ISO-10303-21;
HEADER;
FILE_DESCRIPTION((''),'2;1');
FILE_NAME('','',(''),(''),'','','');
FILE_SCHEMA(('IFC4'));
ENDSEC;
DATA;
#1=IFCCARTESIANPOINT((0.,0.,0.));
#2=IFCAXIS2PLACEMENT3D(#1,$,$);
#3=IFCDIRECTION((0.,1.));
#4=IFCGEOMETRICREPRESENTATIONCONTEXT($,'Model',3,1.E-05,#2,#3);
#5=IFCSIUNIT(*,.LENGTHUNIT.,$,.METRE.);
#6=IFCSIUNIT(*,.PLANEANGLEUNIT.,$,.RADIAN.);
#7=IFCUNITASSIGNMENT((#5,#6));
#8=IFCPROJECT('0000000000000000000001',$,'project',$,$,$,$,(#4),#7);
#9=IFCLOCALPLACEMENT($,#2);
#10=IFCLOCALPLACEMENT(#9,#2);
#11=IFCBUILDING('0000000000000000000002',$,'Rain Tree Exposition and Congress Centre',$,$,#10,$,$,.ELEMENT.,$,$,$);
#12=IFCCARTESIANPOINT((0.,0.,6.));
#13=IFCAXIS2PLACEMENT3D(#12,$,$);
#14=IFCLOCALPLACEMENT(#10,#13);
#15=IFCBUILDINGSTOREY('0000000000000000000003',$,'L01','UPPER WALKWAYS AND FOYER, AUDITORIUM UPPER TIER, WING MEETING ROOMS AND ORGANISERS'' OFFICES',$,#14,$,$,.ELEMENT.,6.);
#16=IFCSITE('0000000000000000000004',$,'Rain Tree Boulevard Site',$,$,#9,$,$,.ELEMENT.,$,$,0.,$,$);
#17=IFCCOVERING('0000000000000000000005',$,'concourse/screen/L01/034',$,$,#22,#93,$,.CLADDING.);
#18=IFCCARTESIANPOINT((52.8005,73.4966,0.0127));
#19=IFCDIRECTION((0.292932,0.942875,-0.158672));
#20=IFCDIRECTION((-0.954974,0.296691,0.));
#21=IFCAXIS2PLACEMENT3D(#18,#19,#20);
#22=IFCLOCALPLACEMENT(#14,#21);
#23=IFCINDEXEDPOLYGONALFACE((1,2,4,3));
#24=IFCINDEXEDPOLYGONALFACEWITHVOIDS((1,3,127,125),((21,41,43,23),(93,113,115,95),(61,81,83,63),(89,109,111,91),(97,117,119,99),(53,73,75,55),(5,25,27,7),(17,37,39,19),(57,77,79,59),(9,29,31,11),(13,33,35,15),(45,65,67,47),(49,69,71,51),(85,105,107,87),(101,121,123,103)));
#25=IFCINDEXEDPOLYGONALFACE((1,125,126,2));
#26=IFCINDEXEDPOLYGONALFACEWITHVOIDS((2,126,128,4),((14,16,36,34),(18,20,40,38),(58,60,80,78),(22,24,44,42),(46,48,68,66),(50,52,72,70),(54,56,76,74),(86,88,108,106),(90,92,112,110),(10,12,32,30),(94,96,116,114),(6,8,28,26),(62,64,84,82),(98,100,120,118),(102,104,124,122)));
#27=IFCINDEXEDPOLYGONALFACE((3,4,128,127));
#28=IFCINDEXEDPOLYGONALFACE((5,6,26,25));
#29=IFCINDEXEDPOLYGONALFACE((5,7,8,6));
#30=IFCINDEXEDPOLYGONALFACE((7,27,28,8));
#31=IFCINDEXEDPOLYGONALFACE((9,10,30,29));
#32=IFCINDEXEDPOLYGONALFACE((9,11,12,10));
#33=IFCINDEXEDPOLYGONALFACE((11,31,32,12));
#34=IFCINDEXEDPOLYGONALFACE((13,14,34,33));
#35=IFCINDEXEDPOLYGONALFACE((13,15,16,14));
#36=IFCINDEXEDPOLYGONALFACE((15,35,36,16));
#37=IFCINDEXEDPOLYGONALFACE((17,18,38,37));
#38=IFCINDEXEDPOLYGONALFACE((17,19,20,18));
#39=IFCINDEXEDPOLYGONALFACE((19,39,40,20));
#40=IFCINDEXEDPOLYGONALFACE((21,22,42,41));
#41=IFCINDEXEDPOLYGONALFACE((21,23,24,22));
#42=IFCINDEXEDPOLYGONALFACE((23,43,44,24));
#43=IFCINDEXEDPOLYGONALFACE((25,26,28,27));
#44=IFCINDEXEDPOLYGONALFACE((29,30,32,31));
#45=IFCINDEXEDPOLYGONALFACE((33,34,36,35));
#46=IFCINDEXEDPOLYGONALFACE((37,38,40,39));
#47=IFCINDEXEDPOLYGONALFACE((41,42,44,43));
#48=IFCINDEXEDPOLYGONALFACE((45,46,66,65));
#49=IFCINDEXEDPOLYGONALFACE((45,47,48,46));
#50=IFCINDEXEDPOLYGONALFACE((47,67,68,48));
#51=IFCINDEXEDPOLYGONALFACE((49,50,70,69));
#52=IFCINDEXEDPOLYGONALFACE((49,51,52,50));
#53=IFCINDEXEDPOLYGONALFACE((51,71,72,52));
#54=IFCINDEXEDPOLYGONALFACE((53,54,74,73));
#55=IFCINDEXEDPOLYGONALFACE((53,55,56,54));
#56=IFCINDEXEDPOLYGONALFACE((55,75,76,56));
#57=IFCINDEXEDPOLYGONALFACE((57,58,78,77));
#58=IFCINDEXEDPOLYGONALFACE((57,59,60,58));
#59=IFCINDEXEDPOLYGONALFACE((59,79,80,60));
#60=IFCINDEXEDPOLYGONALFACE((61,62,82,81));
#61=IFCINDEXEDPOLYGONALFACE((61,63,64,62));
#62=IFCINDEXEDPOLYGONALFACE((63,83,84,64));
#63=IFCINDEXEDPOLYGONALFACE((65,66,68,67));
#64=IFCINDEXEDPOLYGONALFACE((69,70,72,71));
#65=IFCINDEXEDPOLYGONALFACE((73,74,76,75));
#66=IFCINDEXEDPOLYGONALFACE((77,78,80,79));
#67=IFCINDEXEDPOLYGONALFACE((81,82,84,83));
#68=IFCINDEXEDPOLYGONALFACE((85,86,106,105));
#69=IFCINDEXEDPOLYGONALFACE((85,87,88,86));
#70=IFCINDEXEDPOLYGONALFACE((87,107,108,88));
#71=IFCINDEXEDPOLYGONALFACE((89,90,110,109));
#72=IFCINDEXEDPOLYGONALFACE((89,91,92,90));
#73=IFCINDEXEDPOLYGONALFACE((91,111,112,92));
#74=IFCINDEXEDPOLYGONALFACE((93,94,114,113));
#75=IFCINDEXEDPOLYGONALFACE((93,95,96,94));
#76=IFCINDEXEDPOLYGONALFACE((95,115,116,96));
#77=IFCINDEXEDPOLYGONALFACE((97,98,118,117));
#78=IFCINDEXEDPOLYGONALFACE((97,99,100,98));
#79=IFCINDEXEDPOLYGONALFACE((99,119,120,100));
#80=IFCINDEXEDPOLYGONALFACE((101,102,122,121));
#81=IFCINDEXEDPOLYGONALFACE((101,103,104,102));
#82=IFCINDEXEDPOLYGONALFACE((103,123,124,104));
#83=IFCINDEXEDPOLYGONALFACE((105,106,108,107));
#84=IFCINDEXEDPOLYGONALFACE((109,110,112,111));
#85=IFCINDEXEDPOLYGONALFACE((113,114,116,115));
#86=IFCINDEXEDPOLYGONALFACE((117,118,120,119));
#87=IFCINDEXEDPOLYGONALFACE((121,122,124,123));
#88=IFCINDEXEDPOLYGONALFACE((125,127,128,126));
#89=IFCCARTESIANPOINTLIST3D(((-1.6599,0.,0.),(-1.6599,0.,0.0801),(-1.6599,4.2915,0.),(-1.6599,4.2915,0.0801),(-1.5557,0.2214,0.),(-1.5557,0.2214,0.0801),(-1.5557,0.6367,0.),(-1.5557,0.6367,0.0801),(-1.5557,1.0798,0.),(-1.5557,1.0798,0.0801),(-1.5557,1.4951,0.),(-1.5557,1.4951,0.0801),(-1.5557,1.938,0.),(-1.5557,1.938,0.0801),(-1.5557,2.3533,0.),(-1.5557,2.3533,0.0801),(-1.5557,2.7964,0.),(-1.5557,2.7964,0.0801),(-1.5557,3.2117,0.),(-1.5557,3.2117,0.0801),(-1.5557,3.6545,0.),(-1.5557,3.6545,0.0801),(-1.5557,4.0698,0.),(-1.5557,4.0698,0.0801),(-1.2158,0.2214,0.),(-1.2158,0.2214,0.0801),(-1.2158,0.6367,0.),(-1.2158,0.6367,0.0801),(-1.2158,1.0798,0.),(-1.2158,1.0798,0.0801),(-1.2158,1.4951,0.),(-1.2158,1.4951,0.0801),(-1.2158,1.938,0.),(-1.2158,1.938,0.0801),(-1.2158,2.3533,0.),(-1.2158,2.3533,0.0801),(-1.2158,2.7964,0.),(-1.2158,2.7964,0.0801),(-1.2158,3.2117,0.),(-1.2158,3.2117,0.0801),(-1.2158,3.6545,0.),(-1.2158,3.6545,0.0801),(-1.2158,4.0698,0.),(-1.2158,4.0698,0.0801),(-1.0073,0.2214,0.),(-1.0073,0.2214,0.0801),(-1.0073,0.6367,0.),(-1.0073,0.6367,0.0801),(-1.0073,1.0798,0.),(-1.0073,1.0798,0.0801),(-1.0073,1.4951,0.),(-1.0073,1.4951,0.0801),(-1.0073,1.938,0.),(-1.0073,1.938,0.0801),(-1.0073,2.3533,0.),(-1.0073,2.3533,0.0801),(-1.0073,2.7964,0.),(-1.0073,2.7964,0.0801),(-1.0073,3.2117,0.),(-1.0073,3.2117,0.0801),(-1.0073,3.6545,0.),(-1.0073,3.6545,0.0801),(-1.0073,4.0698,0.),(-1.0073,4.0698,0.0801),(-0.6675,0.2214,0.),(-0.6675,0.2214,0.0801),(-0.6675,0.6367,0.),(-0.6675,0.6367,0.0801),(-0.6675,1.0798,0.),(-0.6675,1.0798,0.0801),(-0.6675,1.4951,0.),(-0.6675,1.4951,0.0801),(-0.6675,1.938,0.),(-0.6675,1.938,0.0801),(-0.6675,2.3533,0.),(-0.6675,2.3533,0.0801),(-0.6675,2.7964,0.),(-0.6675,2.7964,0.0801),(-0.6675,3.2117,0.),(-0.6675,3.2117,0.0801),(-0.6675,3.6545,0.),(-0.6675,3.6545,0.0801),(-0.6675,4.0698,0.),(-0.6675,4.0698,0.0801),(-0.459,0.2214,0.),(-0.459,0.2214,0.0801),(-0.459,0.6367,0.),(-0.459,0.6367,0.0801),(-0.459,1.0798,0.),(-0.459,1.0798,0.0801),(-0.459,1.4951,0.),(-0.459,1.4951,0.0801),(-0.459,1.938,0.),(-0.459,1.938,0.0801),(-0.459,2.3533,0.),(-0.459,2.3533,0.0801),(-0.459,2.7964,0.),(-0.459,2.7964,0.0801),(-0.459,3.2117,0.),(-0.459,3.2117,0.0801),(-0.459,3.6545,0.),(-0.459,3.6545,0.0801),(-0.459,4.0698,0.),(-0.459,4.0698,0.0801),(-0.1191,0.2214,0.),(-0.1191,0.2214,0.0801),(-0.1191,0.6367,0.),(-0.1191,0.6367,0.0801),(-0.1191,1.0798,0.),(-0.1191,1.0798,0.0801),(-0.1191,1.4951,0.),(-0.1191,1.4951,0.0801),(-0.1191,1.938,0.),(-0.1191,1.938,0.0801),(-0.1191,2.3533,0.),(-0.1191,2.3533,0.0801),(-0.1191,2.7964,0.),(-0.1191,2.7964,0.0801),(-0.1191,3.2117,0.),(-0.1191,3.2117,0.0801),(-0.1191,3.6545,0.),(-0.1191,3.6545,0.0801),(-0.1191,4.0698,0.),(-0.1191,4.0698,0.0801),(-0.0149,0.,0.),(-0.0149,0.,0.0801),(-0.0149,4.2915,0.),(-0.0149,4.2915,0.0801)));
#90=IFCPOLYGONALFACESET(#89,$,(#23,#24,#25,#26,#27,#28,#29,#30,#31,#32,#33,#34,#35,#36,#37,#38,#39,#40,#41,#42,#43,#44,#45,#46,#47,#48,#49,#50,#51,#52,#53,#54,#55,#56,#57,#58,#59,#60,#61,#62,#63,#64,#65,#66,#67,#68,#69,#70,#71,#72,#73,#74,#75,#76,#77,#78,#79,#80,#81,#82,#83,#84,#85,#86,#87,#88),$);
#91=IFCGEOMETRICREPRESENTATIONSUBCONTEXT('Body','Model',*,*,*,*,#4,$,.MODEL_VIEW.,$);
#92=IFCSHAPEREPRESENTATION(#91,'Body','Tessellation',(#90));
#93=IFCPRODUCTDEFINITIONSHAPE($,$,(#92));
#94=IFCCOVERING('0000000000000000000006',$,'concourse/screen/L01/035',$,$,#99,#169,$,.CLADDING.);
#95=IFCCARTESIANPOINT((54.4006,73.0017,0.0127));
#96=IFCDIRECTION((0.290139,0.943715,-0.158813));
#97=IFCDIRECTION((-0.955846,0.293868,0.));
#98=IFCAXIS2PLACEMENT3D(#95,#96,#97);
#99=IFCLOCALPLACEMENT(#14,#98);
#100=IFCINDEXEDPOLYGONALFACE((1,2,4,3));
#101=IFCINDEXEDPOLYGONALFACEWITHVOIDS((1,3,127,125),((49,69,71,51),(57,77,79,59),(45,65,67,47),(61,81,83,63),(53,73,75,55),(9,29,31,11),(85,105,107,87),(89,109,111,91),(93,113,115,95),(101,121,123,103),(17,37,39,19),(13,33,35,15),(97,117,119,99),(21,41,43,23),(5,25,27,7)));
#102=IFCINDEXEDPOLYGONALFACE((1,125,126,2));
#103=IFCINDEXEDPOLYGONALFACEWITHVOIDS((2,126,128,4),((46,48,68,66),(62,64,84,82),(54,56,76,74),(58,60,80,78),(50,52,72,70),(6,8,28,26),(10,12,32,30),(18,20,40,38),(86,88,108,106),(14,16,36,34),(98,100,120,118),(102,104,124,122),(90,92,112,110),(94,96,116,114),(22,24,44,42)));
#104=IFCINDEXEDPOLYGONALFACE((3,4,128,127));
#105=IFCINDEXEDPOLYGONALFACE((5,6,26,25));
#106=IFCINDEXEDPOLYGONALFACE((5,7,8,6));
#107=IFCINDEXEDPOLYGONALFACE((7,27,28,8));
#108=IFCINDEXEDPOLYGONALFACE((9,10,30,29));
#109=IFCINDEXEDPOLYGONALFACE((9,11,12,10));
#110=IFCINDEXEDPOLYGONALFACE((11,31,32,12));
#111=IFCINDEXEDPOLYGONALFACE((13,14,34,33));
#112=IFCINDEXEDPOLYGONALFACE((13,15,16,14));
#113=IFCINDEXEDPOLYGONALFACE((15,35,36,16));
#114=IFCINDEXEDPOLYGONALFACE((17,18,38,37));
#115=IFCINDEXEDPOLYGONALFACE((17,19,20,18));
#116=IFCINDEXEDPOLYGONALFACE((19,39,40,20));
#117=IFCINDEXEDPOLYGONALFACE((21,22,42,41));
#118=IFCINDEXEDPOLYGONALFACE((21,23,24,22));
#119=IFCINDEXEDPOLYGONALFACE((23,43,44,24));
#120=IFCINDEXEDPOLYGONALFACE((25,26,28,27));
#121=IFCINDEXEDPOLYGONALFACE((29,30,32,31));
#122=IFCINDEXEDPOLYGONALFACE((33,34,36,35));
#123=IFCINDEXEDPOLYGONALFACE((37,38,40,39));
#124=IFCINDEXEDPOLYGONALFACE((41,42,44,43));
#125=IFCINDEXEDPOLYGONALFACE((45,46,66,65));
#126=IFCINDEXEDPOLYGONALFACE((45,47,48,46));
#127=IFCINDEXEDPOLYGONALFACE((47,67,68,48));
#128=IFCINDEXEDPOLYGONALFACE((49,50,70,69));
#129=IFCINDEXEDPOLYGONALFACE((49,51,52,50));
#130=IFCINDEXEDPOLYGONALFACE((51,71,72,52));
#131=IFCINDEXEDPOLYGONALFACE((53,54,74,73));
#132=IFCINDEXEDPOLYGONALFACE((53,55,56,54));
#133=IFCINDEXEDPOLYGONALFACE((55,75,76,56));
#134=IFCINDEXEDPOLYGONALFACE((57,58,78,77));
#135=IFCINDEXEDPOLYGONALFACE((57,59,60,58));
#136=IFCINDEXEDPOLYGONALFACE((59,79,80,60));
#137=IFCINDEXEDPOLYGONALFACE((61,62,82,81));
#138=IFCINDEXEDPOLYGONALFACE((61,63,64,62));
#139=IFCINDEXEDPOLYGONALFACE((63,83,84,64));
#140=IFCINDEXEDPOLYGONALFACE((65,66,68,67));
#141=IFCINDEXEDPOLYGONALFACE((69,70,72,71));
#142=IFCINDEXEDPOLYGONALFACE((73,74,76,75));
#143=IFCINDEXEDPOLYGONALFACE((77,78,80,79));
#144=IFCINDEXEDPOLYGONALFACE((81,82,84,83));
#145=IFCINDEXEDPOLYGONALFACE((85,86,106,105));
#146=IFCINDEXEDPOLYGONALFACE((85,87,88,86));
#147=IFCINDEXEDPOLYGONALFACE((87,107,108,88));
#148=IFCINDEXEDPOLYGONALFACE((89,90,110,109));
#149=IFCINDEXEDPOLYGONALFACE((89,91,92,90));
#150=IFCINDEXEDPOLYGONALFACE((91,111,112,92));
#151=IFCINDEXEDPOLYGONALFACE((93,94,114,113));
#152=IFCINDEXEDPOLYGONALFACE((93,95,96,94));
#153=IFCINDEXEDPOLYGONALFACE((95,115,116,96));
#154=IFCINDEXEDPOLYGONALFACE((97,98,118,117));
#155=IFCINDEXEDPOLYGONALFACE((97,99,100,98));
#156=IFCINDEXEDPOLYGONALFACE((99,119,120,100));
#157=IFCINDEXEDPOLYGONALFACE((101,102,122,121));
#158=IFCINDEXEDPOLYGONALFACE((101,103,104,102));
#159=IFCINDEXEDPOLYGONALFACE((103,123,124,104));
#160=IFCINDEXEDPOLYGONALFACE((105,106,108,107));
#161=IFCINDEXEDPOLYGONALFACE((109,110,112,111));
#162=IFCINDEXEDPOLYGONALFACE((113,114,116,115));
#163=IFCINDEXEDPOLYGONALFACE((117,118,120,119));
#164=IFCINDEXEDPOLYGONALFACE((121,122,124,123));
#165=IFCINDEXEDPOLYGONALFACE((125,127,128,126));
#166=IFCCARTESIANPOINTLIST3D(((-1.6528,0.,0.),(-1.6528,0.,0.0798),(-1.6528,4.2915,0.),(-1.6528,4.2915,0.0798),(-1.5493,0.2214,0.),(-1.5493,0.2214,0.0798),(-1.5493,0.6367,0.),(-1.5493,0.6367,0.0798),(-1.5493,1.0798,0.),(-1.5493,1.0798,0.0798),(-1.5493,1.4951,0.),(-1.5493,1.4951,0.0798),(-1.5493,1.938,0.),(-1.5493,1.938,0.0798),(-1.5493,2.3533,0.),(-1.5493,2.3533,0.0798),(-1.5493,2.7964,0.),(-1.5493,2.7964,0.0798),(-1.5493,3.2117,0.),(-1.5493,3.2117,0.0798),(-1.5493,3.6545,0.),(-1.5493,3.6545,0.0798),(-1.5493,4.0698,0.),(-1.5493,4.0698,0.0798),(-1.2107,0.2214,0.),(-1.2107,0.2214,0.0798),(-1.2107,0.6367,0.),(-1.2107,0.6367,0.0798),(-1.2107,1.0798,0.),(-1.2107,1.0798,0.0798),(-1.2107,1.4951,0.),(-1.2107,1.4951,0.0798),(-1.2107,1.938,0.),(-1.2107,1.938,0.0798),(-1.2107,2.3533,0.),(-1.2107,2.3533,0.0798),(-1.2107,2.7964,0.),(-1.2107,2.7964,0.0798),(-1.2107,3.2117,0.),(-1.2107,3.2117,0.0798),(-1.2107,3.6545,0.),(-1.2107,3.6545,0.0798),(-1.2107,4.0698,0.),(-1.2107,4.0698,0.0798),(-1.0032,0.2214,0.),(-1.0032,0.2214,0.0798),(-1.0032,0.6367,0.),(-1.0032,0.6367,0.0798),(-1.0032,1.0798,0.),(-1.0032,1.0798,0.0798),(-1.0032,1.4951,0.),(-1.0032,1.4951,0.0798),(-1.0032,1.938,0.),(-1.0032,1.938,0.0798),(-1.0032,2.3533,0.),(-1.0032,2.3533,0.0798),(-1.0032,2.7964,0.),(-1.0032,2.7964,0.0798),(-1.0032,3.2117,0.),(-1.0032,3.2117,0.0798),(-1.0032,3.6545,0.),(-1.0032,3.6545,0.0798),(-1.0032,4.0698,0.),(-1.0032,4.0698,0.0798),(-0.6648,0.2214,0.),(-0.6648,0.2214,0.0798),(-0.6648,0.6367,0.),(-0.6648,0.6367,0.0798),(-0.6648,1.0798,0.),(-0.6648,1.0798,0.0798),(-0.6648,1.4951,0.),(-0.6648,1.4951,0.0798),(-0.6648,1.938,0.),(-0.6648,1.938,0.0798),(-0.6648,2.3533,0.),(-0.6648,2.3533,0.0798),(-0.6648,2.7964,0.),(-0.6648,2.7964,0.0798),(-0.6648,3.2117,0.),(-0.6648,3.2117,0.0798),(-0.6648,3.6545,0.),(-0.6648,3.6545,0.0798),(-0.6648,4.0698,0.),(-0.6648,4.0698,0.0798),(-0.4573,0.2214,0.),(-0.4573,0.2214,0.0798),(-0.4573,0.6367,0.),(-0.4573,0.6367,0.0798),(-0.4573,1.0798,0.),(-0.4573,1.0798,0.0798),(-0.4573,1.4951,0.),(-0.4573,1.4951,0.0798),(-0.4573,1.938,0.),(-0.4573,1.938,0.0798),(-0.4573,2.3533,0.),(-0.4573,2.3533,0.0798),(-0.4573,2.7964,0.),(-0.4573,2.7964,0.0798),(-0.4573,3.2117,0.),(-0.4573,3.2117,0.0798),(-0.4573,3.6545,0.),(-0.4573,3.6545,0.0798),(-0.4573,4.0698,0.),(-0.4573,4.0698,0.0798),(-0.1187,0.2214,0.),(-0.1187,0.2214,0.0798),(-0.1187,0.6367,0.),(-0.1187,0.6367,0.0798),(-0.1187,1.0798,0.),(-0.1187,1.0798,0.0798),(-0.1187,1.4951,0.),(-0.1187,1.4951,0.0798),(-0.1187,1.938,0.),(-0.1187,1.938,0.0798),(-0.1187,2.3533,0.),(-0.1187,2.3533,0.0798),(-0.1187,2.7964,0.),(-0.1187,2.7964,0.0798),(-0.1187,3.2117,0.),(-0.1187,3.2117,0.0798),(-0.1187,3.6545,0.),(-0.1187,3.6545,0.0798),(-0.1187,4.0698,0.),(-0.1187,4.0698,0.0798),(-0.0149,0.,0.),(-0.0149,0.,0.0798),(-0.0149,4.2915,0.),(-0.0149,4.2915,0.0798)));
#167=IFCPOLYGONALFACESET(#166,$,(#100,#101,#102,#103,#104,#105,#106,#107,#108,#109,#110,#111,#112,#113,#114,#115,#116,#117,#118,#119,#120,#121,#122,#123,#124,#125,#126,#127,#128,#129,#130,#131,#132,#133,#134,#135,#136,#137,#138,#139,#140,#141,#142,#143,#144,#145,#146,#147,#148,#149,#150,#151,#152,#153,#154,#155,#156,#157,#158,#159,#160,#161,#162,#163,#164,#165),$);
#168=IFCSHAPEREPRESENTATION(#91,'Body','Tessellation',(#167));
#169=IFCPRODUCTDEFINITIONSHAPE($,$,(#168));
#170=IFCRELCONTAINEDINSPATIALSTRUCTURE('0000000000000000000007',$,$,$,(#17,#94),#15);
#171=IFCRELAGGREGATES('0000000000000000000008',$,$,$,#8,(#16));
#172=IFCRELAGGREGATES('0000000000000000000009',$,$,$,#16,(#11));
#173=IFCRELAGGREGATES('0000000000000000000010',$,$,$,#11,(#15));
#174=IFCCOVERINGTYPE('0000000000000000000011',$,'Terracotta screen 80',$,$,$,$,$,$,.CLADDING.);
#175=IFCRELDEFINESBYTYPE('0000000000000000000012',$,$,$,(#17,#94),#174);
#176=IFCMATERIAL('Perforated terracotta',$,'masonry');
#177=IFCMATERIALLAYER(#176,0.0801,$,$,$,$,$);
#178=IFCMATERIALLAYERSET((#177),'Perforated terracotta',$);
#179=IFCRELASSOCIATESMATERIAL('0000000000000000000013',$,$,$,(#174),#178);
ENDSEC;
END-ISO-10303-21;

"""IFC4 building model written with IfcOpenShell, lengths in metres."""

from ifc_helpers import new_model, si_unit, direction, frame, origin, place, context, subcontext, project, spatial, polyline, outline, extrude, material, layer, layer_set, type_object, element, save


model = new_model("IFC4")

# Units and contexts
model_context = context("Model", 3, precision=1e-05, world=origin(), true_north=direction((0.0, 1.0)))
body_context = subcontext(model_context, "Body", "Model", "MODEL_VIEW")
ifc_project = project(units=[si_unit("LENGTHUNIT", "METRE"), si_unit("PLANEANGLEUNIT", "RADIAN")], contexts=[model_context])

# Site, building, storey
site_placement = place(None, origin())
site = spatial("IfcSite", under=ifc_project, at=site_placement, Name="Rain Tree Boulevard Site", CompositionType="ELEMENT", RefElevation=0.0)
building_placement = place(site_placement, origin())
building = spatial("IfcBuilding", under=site, at=building_placement, Name="Rain Tree Exposition and Congress Centre", CompositionType="ELEMENT")
storey_placement = place(building_placement, frame((0.0, 0.0, 6.0)))
storey = spatial("IfcBuildingStorey", under=building, at=storey_placement, Name="L01", Description="UPPER WALKWAYS AND FOYER, AUDITORIUM UPPER TIER, WING MEETING ROOMS AND ORGANISERS' OFFICES", CompositionType="ELEMENT", Elevation=6.0)

# Coverings
ifc_material_1 = material(Name="Perforated terracotta", Category="masonry")
ifc_layer = layer(ifc_material_1, 0.0801)
ifc_layer_set = layer_set([ifc_layer], Name="Perforated terracotta")
covering_type = type_object("IfcCoveringType", Name="Terracotta screen 80", PredefinedType="CLADDING", material=ifc_layer_set)
covering_1_placement = place(storey_placement, frame((52.8005, 73.4966, 0.0127), z_axis=(0.292932, 0.942875, -0.158672), x_axis=(-0.954974, 0.296691, 0.0)))
element("IfcCovering", 1, at=covering_1_placement, inside=storey, type_object=covering_type, Name="concourse/screen/L01/034", PredefinedType="CLADDING", context=body_context, shape_type="SweptSolid", body=[
    extrude(outline(polyline([(-1.6599, 0.0), (-1.6599, 4.2915), (-0.0149, 4.2915), (-0.0149, 0.0), (-1.6599, 0.0)]), holes=[polyline([(-0.1191, 0.2214), (-0.1191, 0.6367), (-0.459, 0.6367), (-0.459, 0.2214), (-0.1191, 0.2214)]), polyline([(-0.1191, 1.0798), (-0.1191, 1.4951), (-0.459, 1.4951), (-0.459, 1.0798), (-0.1191, 1.0798)]), polyline([(-0.1191, 1.938), (-0.1191, 2.3533), (-0.459, 2.3533), (-0.459, 1.938), (-0.1191, 1.938)]), polyline([(-0.1191, 2.7964), (-0.1191, 3.2117), (-0.459, 3.2117), (-0.459, 2.7964), (-0.1191, 2.7964)]), polyline([(-0.1191, 3.6545), (-0.1191, 4.0698), (-0.459, 4.0698), (-0.459, 3.6545), (-0.1191, 3.6545)]), polyline([(-0.6675, 0.2214), (-0.6675, 0.6367), (-1.0073, 0.6367), (-1.0073, 0.2214), (-0.6675, 0.2214)]), polyline([(-0.6675, 1.0798), (-0.6675, 1.4951), (-1.0073, 1.4951), (-1.0073, 1.0798), (-0.6675, 1.0798)]), polyline([(-0.6675, 1.938), (-0.6675, 2.3533), (-1.0073, 2.3533), (-1.0073, 1.938), (-0.6675, 1.938)]), polyline([(-0.6675, 2.7964), (-0.6675, 3.2117), (-1.0073, 3.2117), (-1.0073, 2.7964), (-0.6675, 2.7964)]), polyline([(-0.6675, 3.6545), (-0.6675, 4.0698), (-1.0073, 4.0698), (-1.0073, 3.6545), (-0.6675, 3.6545)]), polyline([(-1.2158, 0.2214), (-1.2158, 0.6367), (-1.5557, 0.6367), (-1.5557, 0.2214), (-1.2158, 0.2214)]), polyline([(-1.2158, 1.0798), (-1.2158, 1.4951), (-1.5557, 1.4951), (-1.5557, 1.0798), (-1.2158, 1.0798)]), polyline([(-1.2158, 1.938), (-1.2158, 2.3533), (-1.5557, 2.3533), (-1.5557, 1.938), (-1.2158, 1.938)]), polyline([(-1.2158, 2.7964), (-1.2158, 3.2117), (-1.5557, 3.2117), (-1.5557, 2.7964), (-1.2158, 2.7964)]), polyline([(-1.2158, 3.6545), (-1.2158, 4.0698), (-1.5557, 4.0698), (-1.5557, 3.6545), (-1.2158, 3.6545)])]), origin(), (0.0, 0.0, 1.0), 0.0801),
])
covering_2_placement = place(storey_placement, frame((54.4006, 73.0017, 0.0127), z_axis=(0.290139, 0.943715, -0.158813), x_axis=(-0.955846, 0.293868, 0.0)))
element("IfcCovering", 2, at=covering_2_placement, inside=storey, type_object=covering_type, Name="concourse/screen/L01/035", PredefinedType="CLADDING", context=body_context, shape_type="SweptSolid", body=[
    extrude(outline(polyline([(-1.6528, 0.0), (-1.6528, 4.2915), (-0.0149, 4.2915), (-0.0149, 0.0), (-1.6528, 0.0)]), holes=[polyline([(-0.1187, 0.2214), (-0.1187, 0.6367), (-0.4573, 0.6367), (-0.4573, 0.2214), (-0.1187, 0.2214)]), polyline([(-0.1187, 1.0798), (-0.1187, 1.4951), (-0.4573, 1.4951), (-0.4573, 1.0798), (-0.1187, 1.0798)]), polyline([(-0.1187, 1.938), (-0.1187, 2.3533), (-0.4573, 2.3533), (-0.4573, 1.938), (-0.1187, 1.938)]), polyline([(-0.1187, 2.7964), (-0.1187, 3.2117), (-0.4573, 3.2117), (-0.4573, 2.7964), (-0.1187, 2.7964)]), polyline([(-0.1187, 3.6545), (-0.1187, 4.0698), (-0.4573, 4.0698), (-0.4573, 3.6545), (-0.1187, 3.6545)]), polyline([(-0.6648, 0.2214), (-0.6648, 0.6367), (-1.0032, 0.6367), (-1.0032, 0.2214), (-0.6648, 0.2214)]), polyline([(-0.6648, 1.0798), (-0.6648, 1.4951), (-1.0032, 1.4951), (-1.0032, 1.0798), (-0.6648, 1.0798)]), polyline([(-0.6648, 1.938), (-0.6648, 2.3533), (-1.0032, 2.3533), (-1.0032, 1.938), (-0.6648, 1.938)]), polyline([(-0.6648, 2.7964), (-0.6648, 3.2117), (-1.0032, 3.2117), (-1.0032, 2.7964), (-0.6648, 2.7964)]), polyline([(-0.6648, 3.6545), (-0.6648, 4.0698), (-1.0032, 4.0698), (-1.0032, 3.6545), (-0.6648, 3.6545)]), polyline([(-1.2107, 0.2214), (-1.2107, 0.6367), (-1.5493, 0.6367), (-1.5493, 0.2214), (-1.2107, 0.2214)]), polyline([(-1.2107, 1.0798), (-1.2107, 1.4951), (-1.5493, 1.4951), (-1.5493, 1.0798), (-1.2107, 1.0798)]), polyline([(-1.2107, 1.938), (-1.2107, 2.3533), (-1.5493, 2.3533), (-1.5493, 1.938), (-1.2107, 1.938)]), polyline([(-1.2107, 2.7964), (-1.2107, 3.2117), (-1.5493, 3.2117), (-1.5493, 2.7964), (-1.2107, 2.7964)]), polyline([(-1.2107, 3.6545), (-1.2107, 4.0698), (-1.5493, 4.0698), (-1.5493, 3.6545), (-1.2107, 3.6545)])]), origin(), (0.0, 0.0, 1.0), 0.0798),
])

save(model, "model.ifc")
